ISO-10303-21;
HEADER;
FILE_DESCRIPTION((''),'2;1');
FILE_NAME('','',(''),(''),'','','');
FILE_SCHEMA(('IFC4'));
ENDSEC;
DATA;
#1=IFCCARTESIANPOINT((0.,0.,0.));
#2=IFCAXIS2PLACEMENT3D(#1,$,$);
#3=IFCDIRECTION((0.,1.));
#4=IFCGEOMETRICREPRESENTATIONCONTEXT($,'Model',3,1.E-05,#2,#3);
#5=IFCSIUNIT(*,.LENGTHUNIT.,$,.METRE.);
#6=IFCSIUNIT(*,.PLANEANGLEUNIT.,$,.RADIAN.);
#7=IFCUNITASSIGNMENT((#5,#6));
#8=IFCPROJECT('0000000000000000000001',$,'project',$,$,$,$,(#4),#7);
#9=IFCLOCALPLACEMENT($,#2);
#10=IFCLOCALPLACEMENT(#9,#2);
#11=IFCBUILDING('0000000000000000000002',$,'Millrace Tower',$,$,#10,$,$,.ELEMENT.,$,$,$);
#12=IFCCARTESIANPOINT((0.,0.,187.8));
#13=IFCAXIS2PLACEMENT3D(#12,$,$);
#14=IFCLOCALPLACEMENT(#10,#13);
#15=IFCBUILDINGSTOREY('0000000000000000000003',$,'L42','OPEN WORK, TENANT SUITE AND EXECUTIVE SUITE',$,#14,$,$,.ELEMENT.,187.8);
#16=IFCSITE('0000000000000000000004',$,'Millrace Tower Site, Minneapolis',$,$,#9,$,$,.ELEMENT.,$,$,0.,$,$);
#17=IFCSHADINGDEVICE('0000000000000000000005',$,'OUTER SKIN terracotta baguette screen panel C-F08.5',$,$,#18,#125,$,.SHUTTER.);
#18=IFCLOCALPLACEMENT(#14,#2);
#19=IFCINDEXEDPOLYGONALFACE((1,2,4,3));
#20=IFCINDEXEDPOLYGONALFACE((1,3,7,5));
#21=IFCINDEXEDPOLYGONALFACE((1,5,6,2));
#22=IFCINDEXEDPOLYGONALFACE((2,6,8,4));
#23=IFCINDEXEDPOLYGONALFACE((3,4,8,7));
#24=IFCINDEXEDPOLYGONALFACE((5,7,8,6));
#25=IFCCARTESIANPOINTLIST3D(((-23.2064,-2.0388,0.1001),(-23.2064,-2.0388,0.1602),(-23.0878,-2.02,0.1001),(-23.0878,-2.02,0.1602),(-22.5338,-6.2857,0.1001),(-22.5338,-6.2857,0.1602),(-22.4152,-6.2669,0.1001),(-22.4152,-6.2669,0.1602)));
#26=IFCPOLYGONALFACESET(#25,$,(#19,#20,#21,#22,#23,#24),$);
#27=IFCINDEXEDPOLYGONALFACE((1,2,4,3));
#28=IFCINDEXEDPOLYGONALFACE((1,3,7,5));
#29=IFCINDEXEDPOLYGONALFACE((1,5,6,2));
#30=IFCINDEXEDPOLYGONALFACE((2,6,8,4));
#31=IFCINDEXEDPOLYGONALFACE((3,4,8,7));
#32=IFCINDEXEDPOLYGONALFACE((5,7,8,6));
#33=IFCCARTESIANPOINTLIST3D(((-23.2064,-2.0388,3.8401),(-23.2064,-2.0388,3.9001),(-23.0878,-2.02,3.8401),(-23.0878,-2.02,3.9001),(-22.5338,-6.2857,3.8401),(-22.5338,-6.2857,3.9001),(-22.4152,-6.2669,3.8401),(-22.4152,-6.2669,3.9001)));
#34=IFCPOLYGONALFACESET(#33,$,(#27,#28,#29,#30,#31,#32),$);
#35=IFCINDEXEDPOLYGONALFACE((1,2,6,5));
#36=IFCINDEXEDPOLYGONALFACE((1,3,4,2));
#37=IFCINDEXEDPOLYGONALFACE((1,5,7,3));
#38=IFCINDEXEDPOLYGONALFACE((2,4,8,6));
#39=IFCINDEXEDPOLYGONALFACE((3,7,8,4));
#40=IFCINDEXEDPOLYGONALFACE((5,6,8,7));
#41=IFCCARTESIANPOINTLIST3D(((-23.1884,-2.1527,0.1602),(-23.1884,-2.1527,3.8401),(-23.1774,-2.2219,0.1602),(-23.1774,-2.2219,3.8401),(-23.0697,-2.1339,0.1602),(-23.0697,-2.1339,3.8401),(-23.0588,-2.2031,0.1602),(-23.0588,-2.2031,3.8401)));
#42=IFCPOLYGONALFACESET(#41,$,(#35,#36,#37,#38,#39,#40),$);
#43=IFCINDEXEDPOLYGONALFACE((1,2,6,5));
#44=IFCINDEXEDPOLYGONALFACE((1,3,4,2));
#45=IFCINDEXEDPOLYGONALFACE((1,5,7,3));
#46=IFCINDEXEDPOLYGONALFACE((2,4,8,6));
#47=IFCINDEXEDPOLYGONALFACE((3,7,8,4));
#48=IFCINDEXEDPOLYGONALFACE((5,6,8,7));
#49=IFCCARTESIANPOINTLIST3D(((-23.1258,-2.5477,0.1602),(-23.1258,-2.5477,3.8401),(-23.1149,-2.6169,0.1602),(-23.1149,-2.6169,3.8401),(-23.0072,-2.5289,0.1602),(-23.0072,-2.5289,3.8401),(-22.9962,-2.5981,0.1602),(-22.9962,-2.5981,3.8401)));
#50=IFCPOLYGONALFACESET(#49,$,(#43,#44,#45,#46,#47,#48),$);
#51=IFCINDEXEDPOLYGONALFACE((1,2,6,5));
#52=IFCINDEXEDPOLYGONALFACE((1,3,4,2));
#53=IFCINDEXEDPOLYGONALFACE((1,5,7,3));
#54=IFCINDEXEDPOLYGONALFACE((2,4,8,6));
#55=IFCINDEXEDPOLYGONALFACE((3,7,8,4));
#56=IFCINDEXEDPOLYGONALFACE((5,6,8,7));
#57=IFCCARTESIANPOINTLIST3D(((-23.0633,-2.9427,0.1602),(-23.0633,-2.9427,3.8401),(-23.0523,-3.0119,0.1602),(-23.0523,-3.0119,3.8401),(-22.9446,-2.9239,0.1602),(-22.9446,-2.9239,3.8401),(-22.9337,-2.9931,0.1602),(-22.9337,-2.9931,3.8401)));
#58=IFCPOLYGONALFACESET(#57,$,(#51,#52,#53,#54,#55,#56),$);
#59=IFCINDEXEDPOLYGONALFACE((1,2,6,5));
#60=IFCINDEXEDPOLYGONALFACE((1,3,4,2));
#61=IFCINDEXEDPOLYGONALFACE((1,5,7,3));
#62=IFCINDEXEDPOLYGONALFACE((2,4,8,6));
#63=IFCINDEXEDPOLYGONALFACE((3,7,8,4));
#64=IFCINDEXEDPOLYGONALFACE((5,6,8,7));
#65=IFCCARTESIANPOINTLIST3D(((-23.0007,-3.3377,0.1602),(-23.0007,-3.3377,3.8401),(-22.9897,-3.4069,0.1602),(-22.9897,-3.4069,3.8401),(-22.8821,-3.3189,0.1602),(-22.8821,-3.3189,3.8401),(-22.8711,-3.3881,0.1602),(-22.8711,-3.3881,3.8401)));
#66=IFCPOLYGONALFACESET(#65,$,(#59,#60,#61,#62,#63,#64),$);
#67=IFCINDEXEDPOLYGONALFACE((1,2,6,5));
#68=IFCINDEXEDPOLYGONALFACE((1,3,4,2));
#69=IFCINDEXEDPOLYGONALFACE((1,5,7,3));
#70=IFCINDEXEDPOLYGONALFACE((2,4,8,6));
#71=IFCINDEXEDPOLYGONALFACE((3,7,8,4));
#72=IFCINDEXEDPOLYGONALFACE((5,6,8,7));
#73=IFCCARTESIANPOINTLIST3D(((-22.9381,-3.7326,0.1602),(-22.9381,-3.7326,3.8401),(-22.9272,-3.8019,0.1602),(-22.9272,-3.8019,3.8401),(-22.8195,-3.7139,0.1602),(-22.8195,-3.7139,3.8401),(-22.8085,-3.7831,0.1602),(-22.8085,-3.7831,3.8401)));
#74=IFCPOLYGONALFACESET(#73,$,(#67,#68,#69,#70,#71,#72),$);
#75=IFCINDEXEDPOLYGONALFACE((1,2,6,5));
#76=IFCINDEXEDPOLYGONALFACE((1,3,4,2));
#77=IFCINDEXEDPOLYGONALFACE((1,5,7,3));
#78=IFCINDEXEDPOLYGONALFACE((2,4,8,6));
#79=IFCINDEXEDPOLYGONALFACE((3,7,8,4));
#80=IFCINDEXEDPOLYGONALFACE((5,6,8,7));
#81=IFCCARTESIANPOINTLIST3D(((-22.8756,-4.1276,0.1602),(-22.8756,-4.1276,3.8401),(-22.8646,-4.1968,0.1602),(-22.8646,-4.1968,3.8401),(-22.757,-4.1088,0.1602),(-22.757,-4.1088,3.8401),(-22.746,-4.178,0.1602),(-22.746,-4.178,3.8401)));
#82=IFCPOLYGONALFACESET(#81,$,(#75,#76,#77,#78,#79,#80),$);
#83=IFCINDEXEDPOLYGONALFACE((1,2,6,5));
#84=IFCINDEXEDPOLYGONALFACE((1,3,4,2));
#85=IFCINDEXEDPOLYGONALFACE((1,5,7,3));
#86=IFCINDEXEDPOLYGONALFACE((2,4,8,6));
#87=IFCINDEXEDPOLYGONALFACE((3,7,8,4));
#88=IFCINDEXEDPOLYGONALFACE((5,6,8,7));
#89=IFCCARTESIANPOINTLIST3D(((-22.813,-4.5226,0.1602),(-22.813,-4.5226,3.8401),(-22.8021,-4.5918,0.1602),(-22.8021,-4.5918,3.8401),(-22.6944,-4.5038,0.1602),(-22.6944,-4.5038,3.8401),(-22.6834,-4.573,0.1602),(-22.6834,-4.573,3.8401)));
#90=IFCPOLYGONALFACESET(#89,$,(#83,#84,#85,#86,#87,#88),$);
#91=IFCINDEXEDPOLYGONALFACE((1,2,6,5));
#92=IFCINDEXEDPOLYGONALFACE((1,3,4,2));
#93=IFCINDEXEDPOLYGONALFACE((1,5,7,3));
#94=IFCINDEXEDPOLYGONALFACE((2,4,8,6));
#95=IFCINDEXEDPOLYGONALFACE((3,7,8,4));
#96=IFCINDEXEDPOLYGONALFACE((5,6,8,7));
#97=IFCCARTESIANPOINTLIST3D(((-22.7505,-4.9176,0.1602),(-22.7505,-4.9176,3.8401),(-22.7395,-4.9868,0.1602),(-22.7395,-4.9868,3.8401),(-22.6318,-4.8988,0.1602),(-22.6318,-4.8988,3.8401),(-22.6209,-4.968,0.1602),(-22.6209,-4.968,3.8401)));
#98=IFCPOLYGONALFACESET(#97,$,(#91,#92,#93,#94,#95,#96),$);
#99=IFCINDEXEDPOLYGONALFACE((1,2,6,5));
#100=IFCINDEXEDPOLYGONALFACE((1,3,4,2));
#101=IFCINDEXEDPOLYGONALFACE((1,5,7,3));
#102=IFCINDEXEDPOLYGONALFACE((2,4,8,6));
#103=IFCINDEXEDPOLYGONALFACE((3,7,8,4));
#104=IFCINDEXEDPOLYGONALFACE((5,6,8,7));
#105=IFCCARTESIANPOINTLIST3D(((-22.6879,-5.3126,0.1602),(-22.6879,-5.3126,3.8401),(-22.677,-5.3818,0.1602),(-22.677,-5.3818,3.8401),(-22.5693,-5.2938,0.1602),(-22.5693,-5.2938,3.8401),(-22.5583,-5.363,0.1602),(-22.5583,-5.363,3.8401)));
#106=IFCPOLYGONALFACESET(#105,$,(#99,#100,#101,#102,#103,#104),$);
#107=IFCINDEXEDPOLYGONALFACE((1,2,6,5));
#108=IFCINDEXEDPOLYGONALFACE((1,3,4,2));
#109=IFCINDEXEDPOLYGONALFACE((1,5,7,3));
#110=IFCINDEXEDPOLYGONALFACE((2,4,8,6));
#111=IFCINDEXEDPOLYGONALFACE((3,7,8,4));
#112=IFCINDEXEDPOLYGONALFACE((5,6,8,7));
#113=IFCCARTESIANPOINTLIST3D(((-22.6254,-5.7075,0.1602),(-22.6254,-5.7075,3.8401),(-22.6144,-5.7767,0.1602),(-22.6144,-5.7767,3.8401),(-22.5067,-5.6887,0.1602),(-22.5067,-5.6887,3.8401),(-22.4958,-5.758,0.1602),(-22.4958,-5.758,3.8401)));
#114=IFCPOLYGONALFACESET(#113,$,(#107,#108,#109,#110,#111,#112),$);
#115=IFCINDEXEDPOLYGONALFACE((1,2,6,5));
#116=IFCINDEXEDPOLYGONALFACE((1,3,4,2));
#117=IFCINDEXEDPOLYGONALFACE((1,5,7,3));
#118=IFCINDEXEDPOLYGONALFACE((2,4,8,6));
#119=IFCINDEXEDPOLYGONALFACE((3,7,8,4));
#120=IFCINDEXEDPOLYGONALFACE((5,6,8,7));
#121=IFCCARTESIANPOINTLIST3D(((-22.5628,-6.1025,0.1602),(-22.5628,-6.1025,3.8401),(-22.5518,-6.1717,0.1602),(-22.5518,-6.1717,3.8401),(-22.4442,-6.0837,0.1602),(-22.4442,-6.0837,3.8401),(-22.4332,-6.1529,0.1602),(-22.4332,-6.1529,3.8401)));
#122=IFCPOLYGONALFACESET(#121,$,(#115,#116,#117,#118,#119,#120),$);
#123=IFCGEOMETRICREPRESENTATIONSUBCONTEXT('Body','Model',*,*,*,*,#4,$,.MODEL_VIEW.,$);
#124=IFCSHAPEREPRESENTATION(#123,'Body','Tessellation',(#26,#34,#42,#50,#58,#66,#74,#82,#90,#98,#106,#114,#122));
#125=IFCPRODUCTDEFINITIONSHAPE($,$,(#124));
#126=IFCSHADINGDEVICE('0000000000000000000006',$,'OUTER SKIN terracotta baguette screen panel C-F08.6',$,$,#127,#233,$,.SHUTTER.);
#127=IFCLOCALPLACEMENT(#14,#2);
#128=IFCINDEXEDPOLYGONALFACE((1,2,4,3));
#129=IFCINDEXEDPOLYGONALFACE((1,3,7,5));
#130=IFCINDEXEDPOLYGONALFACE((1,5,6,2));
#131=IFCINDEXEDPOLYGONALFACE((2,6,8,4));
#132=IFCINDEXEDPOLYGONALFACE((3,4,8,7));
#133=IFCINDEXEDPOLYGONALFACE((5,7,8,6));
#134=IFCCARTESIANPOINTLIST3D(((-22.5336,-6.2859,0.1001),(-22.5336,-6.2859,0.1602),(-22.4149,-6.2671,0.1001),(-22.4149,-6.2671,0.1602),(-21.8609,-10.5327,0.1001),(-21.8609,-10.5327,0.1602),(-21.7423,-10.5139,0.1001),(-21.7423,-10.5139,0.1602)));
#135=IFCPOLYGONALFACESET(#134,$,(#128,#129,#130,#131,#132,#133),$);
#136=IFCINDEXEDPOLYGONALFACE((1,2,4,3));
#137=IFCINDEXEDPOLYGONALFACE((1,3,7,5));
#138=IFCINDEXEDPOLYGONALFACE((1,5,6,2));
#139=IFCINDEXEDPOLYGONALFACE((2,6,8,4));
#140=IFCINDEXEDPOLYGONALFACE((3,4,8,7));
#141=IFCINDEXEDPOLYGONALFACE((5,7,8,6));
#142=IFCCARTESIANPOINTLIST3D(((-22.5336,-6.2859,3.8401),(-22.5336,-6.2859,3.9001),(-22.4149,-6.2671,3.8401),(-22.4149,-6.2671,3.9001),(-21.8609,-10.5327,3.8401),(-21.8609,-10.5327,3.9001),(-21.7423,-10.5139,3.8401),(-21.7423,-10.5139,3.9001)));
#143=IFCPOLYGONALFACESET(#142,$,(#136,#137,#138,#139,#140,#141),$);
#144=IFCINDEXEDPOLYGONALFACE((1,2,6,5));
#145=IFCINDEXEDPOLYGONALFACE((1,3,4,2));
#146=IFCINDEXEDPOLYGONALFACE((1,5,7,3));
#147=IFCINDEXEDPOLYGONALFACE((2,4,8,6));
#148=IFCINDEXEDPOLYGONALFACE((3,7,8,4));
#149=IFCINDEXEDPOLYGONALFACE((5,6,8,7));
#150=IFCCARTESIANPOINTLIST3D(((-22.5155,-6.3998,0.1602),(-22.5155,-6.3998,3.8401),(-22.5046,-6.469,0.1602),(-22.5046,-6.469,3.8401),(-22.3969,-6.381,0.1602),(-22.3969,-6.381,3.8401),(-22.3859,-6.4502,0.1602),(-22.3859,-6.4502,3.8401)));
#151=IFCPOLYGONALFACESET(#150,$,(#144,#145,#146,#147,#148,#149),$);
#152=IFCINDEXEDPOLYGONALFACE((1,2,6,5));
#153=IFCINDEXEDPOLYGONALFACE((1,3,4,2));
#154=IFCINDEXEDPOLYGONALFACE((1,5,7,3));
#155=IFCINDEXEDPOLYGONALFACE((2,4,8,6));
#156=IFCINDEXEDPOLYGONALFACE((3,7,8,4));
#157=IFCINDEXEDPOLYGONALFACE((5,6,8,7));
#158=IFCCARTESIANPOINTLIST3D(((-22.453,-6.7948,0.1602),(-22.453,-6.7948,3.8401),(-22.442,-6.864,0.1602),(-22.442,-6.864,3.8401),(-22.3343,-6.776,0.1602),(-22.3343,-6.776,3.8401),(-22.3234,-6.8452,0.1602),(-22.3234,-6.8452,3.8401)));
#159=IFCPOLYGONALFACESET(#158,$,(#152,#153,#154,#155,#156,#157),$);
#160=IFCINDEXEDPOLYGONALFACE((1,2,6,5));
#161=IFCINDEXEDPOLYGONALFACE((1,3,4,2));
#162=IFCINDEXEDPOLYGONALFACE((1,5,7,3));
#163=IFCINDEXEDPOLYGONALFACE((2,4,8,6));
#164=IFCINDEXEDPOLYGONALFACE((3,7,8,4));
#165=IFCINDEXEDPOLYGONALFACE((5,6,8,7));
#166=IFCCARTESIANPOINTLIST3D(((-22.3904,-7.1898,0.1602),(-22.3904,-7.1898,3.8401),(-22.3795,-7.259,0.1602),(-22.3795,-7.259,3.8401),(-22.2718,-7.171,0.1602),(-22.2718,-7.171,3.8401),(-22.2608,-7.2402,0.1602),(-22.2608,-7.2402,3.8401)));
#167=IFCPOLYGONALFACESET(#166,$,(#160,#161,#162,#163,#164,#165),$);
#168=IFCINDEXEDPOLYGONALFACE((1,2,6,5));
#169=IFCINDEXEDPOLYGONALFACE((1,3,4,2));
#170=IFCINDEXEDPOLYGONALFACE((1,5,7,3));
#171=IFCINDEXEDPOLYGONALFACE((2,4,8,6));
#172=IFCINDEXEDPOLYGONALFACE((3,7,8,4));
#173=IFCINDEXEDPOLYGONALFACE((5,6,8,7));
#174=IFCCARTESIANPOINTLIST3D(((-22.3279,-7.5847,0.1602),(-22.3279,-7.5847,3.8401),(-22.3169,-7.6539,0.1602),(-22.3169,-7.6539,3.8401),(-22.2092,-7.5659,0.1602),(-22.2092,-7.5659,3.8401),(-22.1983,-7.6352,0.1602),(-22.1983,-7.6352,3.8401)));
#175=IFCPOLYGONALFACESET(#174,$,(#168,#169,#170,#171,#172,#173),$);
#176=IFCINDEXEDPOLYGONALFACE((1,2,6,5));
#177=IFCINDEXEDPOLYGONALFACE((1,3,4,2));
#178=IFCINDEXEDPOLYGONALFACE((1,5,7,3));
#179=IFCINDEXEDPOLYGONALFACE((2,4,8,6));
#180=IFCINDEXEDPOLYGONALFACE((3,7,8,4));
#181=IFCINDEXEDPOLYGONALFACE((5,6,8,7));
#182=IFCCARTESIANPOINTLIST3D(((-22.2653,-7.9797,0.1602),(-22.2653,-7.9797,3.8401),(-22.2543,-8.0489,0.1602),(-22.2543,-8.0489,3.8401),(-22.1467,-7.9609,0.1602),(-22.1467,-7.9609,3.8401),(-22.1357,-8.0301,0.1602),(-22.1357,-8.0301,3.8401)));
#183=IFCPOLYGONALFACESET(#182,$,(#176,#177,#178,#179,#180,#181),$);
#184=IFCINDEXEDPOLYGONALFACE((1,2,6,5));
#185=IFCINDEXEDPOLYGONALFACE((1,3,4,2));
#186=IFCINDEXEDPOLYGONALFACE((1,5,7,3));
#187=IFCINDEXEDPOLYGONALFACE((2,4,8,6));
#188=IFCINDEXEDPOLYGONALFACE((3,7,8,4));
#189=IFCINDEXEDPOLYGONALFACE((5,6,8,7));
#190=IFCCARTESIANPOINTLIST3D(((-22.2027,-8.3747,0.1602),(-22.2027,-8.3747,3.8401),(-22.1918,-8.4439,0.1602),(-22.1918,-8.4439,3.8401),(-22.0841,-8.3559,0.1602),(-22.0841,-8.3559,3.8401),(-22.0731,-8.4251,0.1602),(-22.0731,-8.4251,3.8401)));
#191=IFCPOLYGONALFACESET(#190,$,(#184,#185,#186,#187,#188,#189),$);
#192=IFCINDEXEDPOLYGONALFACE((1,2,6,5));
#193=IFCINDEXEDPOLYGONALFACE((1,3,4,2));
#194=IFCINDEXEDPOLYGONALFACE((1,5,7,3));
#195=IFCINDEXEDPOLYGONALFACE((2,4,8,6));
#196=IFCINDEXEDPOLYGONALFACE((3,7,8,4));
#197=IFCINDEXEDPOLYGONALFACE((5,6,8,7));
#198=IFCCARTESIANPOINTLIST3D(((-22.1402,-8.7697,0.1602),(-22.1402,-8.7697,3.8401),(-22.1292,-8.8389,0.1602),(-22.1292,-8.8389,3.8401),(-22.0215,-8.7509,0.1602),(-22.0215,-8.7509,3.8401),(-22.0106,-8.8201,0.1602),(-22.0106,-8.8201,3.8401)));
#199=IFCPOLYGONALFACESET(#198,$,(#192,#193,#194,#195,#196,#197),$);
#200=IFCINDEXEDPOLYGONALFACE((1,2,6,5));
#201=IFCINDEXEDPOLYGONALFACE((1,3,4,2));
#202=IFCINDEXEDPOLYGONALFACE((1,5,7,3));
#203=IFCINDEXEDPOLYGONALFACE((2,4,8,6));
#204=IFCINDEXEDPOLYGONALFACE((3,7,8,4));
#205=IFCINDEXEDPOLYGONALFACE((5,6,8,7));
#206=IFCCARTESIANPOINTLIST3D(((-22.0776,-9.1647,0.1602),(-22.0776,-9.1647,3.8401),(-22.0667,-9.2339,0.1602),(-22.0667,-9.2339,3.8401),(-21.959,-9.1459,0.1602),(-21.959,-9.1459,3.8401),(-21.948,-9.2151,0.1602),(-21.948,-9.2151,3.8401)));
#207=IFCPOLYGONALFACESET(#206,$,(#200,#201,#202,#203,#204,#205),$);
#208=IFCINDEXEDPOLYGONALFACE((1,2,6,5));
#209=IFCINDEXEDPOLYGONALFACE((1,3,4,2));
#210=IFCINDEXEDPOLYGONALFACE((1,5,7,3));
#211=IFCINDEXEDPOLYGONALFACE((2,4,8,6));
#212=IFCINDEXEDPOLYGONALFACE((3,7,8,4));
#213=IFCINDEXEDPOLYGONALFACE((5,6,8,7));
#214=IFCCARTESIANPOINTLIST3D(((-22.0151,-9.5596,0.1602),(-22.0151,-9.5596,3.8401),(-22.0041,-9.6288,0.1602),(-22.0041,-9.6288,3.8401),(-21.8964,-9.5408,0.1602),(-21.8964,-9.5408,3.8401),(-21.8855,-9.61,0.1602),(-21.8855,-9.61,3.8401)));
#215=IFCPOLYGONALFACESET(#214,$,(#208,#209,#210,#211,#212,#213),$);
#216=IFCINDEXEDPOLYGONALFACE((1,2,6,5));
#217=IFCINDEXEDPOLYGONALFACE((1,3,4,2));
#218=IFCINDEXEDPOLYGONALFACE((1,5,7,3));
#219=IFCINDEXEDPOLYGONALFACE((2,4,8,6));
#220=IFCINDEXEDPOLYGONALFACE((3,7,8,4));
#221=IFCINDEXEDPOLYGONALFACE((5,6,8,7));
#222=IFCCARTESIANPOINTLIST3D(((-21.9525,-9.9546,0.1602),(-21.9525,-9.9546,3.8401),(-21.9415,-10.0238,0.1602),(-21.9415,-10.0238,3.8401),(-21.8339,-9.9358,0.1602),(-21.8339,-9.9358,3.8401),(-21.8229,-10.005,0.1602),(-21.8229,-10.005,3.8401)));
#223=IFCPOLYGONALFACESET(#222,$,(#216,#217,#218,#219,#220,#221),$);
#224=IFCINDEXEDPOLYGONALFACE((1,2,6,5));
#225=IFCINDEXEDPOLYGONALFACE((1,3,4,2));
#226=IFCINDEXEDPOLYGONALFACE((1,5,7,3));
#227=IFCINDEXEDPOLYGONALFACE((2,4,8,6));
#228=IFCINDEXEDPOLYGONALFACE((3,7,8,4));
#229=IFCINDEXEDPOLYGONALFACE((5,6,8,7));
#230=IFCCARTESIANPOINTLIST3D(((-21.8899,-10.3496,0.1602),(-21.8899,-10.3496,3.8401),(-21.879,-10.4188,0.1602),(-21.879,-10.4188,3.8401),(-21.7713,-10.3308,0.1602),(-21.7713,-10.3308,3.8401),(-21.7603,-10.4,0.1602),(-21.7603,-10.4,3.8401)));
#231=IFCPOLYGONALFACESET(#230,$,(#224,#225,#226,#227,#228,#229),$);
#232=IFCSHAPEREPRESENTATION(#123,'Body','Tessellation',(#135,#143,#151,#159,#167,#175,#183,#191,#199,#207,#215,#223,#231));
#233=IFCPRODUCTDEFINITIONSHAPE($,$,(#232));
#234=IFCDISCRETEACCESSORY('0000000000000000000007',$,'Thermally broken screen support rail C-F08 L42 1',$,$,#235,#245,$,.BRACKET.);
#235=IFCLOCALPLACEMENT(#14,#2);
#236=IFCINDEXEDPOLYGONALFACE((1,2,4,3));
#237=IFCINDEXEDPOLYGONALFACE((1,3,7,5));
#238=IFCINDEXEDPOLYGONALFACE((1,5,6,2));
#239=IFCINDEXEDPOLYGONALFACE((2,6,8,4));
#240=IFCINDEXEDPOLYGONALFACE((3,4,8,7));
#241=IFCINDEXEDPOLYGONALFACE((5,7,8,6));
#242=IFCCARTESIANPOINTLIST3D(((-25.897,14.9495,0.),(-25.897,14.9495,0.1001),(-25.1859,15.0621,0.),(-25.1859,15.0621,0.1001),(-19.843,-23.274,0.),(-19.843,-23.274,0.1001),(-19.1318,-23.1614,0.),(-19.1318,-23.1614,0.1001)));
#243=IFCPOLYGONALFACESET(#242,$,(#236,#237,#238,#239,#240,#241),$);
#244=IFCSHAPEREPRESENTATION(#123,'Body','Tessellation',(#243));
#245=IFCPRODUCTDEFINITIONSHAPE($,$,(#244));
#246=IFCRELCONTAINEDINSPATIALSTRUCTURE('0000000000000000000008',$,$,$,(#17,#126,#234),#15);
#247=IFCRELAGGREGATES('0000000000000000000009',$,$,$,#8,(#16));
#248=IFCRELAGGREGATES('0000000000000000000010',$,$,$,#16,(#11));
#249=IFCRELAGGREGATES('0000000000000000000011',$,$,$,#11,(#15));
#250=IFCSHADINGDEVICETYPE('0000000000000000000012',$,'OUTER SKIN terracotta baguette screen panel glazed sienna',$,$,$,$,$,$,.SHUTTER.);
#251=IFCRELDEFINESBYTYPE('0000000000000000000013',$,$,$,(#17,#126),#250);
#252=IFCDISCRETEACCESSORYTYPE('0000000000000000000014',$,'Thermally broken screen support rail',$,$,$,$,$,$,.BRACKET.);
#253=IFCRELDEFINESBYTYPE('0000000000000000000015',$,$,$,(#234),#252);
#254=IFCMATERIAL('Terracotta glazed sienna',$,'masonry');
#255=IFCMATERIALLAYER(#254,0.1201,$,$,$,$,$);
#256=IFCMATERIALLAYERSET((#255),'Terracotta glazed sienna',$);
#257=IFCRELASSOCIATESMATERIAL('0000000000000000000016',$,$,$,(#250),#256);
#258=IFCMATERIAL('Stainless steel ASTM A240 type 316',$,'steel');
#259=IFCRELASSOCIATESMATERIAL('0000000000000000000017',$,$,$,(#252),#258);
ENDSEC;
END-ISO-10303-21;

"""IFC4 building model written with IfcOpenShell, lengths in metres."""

from ifc_helpers import new_model, entity, si_unit, direction, frame, frame_2d, origin, origin_2d, place, context, subcontext, project, spatial, rectangle, extrude, source, transform, mapped, material, layer, layer_set, type_object, element, save


model = new_model("IFC4")

# Units and contexts
model_context = context("Model", 3, precision=1e-05, world=origin(), true_north=direction((0.0, 1.0)))
body_context = subcontext(model_context, "Body", "Model", "MODEL_VIEW")
ifc_project = project(units=[si_unit("LENGTHUNIT", "METRE"), si_unit("PLANEANGLEUNIT", "RADIAN")], contexts=[model_context])

# Site, building, storey
site_placement = place(None, origin())
site = spatial("IfcSite", under=ifc_project, at=site_placement, Name="Millrace Tower Site, Minneapolis", CompositionType="ELEMENT", RefElevation=0.0)
building_placement = place(site_placement, origin())
building = spatial("IfcBuilding", under=site, at=building_placement, Name="Millrace Tower", CompositionType="ELEMENT")
storey_placement = place(building_placement, frame((0.0, 0.0, 187.8)))
storey = spatial("IfcBuildingStorey", under=building, at=storey_placement, Name="L42", Description="OPEN WORK, TENANT SUITE AND EXECUTIVE SUITE", CompositionType="ELEMENT", Elevation=187.8)

# Shading devices
ifc_material_1 = material(Name="Terracotta glazed sienna", Category="masonry")
ifc_layer_1 = layer(ifc_material_1, 0.1201)
ifc_layer_set_1 = layer_set([ifc_layer_1], Name="Terracotta glazed sienna")
shading_device_type = type_object("IfcShadingDeviceType", Name="OUTER SKIN terracotta baguette screen panel glazed sienna", PredefinedType="SHUTTER", material=ifc_layer_set_1)
cartesian_point = entity("IfcCartesianPoint", [-2.1499, 0.0601])
shared_polyline = entity("IfcPolyline", [cartesian_point, entity("IfcCartesianPoint", [2.1499, 0.0601]), entity("IfcCartesianPoint", [2.1499, -0.0601]), entity("IfcCartesianPoint", [-2.1499, -0.0601]), cartesian_point])
shared_shape = source(origin(), body_context, "Body", "SweptSolid", [
    entity("IfcExtrudedAreaSolid", entity("IfcArbitraryClosedProfileDef", "AREA", None, shared_polyline), entity("IfcAxis2Placement3D", entity("IfcCartesianPoint", [0.0, 0.0, 0.0])), entity("IfcDirection", [0.0, 0.0, 1.0]), 0.0601),
    entity("IfcExtrudedAreaSolid", entity("IfcArbitraryClosedProfileDef", "AREA", None, shared_polyline), entity("IfcAxis2Placement3D", entity("IfcCartesianPoint", [0.0, 0.0, 3.74])), entity("IfcDirection", [0.0, 0.0, 1.0]), 0.0601),
    extrude(rectangle(XDim=0.0701, YDim=0.1201, at=frame_2d((-1.9995, 0.0))), frame((0.0, 0.0, 0.0601)), (0.0, 0.0, 1.0), 3.6799),
    extrude(rectangle(XDim=0.0701, YDim=0.1201, at=frame_2d((-1.5996, 0.0))), frame((0.0, 0.0, 0.0601)), (0.0, 0.0, 1.0), 3.6799),
    extrude(rectangle(XDim=0.0701, YDim=0.1201, at=frame_2d((-1.1997, 0.0))), frame((0.0, 0.0, 0.0601)), (0.0, 0.0, 1.0), 3.6799),
    extrude(rectangle(XDim=0.0701, YDim=0.1201, at=frame_2d((-0.7998, 0.0))), frame((0.0, 0.0, 0.0601)), (0.0, 0.0, 1.0), 3.6799),
    extrude(rectangle(XDim=0.0701, YDim=0.1201, at=frame_2d((-0.3999, 0.0))), frame((0.0, 0.0, 0.0601)), (0.0, 0.0, 1.0), 3.6799),
    extrude(rectangle(XDim=0.0701, YDim=0.1201, at=origin_2d()), frame((0.0, 0.0, 0.0601)), (0.0, 0.0, 1.0), 3.6799),
    extrude(rectangle(XDim=0.0701, YDim=0.1201, at=frame_2d((0.3999, 0.0))), frame((0.0, 0.0, 0.0601)), (0.0, 0.0, 1.0), 3.6799),
    extrude(rectangle(XDim=0.0701, YDim=0.1201, at=frame_2d((0.7998, 0.0))), frame((0.0, 0.0, 0.0601)), (0.0, 0.0, 1.0), 3.6799),
    extrude(rectangle(XDim=0.0701, YDim=0.1201, at=frame_2d((1.1997, 0.0))), frame((0.0, 0.0, 0.0601)), (0.0, 0.0, 1.0), 3.6799),
    extrude(rectangle(XDim=0.0701, YDim=0.1201, at=frame_2d((1.5996, 0.0))), frame((0.0, 0.0, 0.0601)), (0.0, 0.0, 1.0), 3.6799),
    extrude(rectangle(XDim=0.0701, YDim=0.1201, at=frame_2d((1.9995, 0.0))), frame((0.0, 0.0, 0.0601)), (0.0, 0.0, 1.0), 3.6799),
])
for number, where, z_axis, x_axis, name in (
    (1, (-22.8108, -4.1528, 0.1001), (0.0, 0.0, 1.0), (0.156434, -0.987688, 0.0), "OUTER SKIN terracotta baguette screen panel C-F08.5"),
    (2, (-22.1379, -8.3999, 0.1001), (0.0, 0.0, 1.0), (0.156434, -0.987688, 0.0), "OUTER SKIN terracotta baguette screen panel C-F08.6"),
):
    element("IfcShadingDevice", number, at=place(storey_placement, frame(where, z_axis=z_axis, x_axis=x_axis)), inside=storey, type_object=shading_device_type, Name=name, PredefinedType="SHUTTER", context=body_context, shape_type="MappedRepresentation", body=[
        mapped(shared_shape, transform((0.0, 0.0, 0.0), scale=1.0)),
    ])

# Discrete accessory
ifc_material_2 = material(Name="Stainless steel ASTM A240 type 316", Category="steel")
discrete_accessory_type = type_object("IfcDiscreteAccessoryType", Name="Thermally broken screen support rail", PredefinedType="BRACKET", material=ifc_material_2)
discrete_accessory_placement = place(storey_placement, frame((-22.5144, -4.106, 0.0), z_axis=(0.0, 0.0, 1.0), x_axis=(0.156434, -0.987688, 0.0)))
element("IfcDiscreteAccessory", 3, at=discrete_accessory_placement, inside=storey, type_object=discrete_accessory_type, Name="Thermally broken screen support rail C-F08 L42 1", PredefinedType="BRACKET", context=body_context, shape_type="SweptSolid", body=[
    extrude(rectangle(XDim=38.7, YDim=0.72, at=origin_2d()), origin(), (0.0, 0.0, 1.0), 0.1001),
])

save(model, "model.ifc")
